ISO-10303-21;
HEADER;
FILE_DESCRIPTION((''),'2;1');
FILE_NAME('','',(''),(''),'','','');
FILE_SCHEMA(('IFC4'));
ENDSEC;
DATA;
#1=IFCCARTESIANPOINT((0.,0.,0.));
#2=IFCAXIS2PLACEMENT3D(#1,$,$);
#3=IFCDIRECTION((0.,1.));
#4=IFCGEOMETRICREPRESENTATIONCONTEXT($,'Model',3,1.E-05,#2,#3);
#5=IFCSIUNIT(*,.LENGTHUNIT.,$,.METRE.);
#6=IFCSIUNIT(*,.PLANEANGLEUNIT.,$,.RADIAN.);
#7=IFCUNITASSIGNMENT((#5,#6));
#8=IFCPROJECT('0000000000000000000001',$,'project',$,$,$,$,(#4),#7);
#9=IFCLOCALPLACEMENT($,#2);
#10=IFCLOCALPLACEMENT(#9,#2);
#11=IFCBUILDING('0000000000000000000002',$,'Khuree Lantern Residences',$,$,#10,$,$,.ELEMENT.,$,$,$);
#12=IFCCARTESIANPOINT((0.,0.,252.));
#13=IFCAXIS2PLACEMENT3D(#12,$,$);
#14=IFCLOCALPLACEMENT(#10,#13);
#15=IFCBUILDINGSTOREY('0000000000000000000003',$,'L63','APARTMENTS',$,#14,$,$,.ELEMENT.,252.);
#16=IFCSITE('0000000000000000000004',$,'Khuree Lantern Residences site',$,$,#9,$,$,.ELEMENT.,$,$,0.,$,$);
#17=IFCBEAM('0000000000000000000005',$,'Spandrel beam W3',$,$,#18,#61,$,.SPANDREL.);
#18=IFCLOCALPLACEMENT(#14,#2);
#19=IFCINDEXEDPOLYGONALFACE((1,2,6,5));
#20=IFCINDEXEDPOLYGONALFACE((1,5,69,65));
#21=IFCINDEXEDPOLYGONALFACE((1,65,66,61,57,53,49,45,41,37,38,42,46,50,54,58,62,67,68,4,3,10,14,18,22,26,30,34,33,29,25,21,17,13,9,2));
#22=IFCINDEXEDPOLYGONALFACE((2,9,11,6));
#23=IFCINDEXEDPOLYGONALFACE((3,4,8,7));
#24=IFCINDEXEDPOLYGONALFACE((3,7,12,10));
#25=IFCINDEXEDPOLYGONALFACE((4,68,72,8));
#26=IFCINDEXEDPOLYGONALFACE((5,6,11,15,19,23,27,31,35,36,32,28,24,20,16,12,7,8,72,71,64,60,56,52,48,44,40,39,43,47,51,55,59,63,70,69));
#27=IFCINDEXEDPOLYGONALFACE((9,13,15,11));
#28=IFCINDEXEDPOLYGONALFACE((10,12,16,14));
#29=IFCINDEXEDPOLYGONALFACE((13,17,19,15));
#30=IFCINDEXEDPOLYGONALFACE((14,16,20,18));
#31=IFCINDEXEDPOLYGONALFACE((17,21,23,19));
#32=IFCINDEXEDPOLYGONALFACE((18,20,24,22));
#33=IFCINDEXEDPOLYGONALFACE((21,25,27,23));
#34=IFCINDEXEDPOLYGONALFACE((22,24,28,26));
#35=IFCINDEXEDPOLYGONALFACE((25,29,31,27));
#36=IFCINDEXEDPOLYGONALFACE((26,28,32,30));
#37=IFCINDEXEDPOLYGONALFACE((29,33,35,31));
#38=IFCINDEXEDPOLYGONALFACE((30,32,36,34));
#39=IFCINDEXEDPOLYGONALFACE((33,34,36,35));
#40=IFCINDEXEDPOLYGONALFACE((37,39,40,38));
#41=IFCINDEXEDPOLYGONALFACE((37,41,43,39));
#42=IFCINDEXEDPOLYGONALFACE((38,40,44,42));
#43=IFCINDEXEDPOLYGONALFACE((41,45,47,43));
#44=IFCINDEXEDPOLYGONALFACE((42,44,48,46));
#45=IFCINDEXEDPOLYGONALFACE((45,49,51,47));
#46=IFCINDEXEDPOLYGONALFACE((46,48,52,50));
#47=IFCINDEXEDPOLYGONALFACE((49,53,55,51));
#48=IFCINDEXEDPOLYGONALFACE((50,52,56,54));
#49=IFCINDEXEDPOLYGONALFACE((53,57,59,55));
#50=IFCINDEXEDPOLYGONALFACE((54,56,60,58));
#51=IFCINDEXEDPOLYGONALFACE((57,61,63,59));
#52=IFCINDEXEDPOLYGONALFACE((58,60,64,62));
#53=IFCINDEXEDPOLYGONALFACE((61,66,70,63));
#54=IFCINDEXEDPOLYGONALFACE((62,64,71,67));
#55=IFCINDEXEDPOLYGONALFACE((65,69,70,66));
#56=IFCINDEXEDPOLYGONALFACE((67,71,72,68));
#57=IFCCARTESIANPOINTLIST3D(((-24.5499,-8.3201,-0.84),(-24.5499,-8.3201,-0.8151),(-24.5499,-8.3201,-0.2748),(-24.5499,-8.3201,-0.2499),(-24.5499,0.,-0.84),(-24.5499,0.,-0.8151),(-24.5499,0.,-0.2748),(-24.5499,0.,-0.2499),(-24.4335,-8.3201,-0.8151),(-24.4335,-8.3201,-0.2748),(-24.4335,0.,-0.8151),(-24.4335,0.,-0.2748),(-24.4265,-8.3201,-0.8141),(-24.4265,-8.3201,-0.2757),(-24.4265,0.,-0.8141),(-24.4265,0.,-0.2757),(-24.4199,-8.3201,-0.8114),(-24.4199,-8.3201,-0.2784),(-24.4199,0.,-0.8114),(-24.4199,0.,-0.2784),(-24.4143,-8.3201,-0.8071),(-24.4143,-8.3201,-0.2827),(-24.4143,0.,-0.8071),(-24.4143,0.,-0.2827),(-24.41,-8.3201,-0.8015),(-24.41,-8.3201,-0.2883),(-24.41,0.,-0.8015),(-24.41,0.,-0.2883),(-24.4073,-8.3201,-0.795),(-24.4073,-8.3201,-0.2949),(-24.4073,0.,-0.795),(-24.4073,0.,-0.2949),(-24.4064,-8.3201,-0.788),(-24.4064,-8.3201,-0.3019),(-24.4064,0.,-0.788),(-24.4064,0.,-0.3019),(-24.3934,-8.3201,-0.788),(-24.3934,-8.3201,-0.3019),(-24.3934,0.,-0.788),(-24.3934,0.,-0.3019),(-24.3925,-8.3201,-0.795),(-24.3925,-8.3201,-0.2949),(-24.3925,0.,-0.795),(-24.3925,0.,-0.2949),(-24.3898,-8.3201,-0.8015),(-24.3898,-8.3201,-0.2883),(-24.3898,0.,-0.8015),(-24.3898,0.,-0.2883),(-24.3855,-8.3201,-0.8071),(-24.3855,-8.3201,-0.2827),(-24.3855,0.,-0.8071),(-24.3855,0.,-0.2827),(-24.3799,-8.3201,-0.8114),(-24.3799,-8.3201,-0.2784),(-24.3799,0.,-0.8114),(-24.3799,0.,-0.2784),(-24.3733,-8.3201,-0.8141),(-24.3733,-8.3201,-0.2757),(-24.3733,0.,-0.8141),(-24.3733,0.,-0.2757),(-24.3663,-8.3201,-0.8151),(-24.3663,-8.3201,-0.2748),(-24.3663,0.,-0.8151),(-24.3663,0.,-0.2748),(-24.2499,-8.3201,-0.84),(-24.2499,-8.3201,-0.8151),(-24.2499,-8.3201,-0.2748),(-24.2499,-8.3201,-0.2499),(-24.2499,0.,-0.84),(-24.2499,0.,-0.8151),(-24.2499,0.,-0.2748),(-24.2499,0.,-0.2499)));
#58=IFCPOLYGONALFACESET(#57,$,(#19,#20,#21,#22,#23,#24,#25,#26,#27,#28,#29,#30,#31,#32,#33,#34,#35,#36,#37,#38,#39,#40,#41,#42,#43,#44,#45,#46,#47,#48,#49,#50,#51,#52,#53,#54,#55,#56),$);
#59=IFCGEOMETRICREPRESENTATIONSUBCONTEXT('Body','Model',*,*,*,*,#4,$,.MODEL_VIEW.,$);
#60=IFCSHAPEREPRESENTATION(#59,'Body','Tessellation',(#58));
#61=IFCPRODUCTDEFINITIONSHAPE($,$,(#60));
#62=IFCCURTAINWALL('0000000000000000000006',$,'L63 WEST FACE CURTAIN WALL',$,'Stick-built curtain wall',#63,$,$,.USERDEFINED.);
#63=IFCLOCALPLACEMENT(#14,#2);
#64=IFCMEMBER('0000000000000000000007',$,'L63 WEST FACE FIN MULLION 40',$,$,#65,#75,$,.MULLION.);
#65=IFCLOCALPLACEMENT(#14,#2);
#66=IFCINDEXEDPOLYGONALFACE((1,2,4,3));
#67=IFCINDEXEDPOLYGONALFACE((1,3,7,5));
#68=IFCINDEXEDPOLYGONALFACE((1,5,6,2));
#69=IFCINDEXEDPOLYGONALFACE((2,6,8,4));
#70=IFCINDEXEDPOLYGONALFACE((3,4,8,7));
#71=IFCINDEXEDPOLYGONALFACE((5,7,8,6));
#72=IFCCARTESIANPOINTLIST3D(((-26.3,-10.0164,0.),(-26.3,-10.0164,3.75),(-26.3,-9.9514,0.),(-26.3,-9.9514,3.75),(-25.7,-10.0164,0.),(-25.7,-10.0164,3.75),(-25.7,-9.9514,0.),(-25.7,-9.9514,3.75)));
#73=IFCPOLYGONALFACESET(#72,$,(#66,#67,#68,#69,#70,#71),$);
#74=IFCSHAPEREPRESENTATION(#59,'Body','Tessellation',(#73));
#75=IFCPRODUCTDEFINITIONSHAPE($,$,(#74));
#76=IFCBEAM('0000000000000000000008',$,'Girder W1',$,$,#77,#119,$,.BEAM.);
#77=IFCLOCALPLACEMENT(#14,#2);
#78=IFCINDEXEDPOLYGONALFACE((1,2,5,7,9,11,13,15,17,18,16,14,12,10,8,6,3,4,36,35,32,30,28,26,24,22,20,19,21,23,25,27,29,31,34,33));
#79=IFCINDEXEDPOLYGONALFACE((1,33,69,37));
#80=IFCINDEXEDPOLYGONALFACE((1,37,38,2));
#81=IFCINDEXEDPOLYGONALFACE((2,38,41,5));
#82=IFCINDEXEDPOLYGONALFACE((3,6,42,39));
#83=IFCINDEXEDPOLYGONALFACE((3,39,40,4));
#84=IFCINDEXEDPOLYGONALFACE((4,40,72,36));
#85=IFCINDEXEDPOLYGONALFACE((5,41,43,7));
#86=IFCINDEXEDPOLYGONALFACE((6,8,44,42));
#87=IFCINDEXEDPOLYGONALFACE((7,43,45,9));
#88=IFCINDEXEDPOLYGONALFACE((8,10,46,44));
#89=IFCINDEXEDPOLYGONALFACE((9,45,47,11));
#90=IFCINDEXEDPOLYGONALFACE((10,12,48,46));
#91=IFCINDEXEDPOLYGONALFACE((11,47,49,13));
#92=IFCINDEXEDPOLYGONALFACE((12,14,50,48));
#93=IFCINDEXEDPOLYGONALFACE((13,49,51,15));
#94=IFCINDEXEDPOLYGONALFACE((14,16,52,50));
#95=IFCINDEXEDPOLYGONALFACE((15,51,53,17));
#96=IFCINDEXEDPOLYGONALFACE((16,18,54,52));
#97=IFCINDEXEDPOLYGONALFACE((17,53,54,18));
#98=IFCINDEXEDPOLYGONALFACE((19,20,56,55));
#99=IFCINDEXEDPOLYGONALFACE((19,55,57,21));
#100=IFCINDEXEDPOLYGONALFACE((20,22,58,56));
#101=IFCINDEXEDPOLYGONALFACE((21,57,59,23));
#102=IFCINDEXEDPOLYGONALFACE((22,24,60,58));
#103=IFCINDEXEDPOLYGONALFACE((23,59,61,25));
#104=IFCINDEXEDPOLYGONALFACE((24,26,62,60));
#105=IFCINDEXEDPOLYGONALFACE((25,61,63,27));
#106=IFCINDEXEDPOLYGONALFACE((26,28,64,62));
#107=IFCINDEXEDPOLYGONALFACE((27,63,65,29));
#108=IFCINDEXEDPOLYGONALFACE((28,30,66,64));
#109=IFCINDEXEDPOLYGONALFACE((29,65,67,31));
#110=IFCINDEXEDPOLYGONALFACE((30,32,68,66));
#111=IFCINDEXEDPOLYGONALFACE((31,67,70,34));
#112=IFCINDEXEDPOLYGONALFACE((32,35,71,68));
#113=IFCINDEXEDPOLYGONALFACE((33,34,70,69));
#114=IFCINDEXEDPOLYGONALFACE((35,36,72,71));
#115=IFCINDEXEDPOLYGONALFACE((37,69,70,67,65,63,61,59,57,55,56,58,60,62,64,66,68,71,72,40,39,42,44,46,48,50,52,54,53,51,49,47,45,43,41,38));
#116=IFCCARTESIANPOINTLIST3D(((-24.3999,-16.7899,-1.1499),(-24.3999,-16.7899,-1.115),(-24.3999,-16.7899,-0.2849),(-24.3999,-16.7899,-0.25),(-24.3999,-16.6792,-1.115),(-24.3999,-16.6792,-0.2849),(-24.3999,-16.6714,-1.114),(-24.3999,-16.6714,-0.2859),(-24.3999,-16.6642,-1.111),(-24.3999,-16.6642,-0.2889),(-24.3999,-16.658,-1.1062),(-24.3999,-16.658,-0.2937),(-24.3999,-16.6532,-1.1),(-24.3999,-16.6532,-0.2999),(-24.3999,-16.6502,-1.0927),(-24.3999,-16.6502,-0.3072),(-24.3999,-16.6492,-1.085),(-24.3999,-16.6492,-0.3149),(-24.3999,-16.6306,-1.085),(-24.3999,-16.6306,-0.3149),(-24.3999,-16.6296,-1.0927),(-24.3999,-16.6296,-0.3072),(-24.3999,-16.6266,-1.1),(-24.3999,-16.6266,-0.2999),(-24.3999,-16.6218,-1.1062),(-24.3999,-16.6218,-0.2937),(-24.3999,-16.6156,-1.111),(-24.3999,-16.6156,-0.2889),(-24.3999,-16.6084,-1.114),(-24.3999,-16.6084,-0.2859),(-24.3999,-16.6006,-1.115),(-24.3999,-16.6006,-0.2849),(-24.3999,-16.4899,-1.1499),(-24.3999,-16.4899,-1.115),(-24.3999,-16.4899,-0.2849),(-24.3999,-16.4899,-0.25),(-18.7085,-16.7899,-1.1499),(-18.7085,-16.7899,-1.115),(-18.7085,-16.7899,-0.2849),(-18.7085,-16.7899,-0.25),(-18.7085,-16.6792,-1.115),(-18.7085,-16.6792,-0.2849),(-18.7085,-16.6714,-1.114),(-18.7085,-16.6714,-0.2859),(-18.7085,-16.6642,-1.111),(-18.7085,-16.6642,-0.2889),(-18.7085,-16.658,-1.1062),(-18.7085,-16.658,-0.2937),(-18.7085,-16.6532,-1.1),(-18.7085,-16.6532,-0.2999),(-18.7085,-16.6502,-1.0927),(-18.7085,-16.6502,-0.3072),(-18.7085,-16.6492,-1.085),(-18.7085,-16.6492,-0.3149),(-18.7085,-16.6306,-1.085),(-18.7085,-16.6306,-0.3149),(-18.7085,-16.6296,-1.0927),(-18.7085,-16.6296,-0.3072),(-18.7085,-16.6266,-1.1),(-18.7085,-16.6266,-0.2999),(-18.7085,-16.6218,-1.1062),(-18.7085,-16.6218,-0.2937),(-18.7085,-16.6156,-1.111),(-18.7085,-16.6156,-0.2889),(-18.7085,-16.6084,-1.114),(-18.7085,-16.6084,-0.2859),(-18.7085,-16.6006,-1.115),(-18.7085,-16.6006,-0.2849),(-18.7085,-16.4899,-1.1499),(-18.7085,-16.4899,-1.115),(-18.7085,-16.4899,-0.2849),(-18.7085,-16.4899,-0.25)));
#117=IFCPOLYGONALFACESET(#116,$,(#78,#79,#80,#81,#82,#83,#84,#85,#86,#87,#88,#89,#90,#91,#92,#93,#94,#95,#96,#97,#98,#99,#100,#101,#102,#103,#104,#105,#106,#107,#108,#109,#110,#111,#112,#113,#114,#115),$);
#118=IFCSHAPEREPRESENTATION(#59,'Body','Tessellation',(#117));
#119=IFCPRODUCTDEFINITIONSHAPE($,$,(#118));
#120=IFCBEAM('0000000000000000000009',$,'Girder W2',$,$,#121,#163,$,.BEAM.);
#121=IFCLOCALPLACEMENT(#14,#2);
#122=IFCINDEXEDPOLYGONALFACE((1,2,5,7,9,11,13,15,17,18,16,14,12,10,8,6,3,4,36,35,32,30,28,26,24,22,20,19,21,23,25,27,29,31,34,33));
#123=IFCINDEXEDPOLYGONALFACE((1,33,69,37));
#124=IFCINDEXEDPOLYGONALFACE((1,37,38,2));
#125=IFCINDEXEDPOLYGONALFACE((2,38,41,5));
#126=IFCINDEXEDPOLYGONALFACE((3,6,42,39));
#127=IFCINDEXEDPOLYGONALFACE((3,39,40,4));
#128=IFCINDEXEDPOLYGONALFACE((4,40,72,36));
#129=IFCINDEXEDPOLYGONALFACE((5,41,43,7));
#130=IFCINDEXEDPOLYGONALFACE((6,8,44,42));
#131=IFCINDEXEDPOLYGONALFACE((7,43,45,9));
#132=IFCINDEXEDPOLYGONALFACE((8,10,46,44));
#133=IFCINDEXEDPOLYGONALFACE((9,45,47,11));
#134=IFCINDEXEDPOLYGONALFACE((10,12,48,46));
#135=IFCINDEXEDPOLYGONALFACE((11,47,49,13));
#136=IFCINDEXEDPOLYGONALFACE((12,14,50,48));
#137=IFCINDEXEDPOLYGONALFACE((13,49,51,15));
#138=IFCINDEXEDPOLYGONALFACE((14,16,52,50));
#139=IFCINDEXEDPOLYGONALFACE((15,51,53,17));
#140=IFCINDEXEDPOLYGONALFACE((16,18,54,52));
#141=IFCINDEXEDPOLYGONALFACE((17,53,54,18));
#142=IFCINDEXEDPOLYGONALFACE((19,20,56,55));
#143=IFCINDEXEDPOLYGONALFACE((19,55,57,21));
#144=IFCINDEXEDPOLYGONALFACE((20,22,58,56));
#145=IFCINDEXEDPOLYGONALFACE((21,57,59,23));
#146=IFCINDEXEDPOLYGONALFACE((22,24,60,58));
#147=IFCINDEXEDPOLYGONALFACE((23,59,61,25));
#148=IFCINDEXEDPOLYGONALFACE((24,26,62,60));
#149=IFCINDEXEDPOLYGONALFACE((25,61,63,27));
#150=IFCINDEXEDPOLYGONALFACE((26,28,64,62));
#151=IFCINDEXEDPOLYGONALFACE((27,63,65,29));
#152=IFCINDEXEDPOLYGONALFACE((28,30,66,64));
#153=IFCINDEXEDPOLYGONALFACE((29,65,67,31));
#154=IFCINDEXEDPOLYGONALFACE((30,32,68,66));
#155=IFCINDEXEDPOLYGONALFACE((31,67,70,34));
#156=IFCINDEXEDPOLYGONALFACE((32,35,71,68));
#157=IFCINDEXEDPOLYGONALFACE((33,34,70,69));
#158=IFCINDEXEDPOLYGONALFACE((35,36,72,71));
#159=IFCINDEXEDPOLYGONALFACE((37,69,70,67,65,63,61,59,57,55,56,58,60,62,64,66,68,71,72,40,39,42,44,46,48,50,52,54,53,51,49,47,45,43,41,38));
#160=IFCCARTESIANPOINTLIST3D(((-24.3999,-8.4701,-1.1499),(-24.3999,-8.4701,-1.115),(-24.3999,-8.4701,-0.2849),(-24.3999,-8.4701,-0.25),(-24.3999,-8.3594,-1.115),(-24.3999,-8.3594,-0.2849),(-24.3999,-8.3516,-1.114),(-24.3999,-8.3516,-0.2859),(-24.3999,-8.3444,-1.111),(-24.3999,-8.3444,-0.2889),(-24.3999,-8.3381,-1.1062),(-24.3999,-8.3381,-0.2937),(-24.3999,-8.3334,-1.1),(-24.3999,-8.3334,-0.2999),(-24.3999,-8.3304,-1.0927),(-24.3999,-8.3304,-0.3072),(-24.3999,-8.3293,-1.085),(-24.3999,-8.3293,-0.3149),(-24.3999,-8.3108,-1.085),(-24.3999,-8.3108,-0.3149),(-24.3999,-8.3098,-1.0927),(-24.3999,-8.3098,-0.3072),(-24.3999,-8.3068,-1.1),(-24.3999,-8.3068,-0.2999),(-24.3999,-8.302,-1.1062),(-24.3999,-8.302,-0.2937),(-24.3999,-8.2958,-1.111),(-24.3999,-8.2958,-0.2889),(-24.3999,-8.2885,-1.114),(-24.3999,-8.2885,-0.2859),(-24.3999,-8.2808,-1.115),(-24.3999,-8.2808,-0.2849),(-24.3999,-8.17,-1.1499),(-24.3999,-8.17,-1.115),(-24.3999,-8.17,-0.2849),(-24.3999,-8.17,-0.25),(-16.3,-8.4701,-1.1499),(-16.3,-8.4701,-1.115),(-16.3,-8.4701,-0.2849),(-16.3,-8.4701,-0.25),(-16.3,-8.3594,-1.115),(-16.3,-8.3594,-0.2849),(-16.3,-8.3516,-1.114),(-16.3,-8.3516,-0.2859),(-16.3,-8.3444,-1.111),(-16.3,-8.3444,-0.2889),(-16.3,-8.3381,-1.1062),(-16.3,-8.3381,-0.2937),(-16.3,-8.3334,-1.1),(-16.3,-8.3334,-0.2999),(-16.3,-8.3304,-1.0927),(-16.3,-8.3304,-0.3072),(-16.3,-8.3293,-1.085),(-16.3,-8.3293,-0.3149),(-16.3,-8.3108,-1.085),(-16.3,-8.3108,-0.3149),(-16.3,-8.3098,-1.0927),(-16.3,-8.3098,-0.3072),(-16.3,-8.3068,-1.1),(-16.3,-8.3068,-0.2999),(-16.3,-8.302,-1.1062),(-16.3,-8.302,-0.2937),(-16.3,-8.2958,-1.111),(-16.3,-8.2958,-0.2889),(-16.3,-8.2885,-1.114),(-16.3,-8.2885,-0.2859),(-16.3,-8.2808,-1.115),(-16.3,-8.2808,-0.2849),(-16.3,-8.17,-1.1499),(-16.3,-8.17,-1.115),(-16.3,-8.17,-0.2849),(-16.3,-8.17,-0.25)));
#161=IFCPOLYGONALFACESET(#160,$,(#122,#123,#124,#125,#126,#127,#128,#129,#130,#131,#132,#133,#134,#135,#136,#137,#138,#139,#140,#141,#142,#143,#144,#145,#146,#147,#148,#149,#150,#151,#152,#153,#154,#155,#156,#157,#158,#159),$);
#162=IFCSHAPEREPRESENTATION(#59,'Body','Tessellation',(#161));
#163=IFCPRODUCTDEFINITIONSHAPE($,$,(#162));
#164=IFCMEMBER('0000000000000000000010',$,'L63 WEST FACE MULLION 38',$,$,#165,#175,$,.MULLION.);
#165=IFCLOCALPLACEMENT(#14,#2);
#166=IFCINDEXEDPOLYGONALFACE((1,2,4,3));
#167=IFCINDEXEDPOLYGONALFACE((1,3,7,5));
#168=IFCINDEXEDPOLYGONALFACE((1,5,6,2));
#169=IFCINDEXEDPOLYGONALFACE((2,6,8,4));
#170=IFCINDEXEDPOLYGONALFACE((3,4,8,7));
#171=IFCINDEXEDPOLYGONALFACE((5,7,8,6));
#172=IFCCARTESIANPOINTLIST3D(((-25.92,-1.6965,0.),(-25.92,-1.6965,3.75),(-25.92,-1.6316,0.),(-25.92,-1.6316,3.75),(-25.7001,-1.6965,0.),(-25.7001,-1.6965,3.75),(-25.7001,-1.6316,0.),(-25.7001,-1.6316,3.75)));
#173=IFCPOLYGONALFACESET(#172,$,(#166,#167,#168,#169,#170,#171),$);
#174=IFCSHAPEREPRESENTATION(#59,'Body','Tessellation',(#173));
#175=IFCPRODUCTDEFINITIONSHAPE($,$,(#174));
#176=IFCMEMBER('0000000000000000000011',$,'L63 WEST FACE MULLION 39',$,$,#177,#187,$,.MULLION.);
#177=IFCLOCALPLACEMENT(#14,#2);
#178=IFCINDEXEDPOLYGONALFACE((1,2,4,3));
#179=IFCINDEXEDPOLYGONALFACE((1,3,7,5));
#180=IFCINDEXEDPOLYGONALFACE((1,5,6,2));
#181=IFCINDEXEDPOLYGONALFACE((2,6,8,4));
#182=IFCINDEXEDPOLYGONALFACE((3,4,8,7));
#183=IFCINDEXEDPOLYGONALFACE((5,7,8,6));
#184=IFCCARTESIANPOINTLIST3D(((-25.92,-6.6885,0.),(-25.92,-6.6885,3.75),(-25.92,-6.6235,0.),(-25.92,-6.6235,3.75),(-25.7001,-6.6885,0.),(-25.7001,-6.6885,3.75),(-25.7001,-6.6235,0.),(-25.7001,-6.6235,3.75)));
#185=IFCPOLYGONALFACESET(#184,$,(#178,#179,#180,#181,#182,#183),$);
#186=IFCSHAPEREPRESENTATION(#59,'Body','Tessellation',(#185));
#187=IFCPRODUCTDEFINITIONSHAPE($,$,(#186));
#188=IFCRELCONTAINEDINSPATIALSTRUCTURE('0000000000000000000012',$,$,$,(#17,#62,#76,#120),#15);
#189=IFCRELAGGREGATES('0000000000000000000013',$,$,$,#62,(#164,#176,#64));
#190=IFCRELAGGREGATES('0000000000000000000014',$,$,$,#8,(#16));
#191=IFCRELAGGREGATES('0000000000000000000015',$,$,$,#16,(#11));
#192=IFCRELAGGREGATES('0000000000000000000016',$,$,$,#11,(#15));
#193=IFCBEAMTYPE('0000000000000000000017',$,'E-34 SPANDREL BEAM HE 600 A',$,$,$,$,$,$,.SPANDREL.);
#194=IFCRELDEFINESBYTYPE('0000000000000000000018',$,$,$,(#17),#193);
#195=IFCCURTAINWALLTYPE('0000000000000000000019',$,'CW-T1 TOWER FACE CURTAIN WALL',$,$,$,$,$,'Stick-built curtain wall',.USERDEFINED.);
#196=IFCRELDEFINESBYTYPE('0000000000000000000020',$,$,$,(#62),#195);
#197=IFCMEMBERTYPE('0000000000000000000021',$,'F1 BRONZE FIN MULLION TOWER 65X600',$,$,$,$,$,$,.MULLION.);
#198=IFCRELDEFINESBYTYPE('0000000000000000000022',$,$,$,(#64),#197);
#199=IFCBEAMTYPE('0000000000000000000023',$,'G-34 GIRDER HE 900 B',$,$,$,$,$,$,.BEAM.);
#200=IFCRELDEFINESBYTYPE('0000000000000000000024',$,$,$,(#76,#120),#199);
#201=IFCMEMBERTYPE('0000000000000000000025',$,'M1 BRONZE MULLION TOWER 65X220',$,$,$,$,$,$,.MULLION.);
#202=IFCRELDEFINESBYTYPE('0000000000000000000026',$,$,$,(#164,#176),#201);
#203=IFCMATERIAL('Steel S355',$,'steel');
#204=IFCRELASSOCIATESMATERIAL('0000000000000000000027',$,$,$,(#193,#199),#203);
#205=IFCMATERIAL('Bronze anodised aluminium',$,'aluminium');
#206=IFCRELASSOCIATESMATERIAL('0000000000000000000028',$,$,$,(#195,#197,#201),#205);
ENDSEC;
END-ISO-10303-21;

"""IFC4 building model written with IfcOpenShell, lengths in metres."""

from ifc_helpers import new_model, si_unit, direction, frame, origin, origin_2d, place, context, subcontext, project, spatial, rectangle, i_section, extrude, material, material_profile, profile_set, type_object, element, aggregate, save


model = new_model("IFC4")

# Units and contexts
model_context = context("Model", 3, precision=1e-05, world=origin(), true_north=direction((0.0, 1.0)))
body_context = subcontext(model_context, "Body", "Model", "MODEL_VIEW")
ifc_project = project(units=[si_unit("LENGTHUNIT", "METRE"), si_unit("PLANEANGLEUNIT", "RADIAN")], contexts=[model_context])

# Site, building, storey
site_placement = place(None, origin())
site = spatial("IfcSite", under=ifc_project, at=site_placement, Name="Khuree Lantern Residences site", CompositionType="ELEMENT", RefElevation=0.0)
building_placement = place(site_placement, origin())
building = spatial("IfcBuilding", under=site, at=building_placement, Name="Khuree Lantern Residences", CompositionType="ELEMENT")
storey_placement = place(building_placement, frame((0.0, 0.0, 252.0)))
storey = spatial("IfcBuildingStorey", under=building, at=storey_placement, Name="L63", Description="APARTMENTS", CompositionType="ELEMENT", Elevation=252.0)

# Beam
ifc_material_1 = material(Name="Steel S355", Category="steel")
ifc_material_profile_1 = material_profile(ifc_material_1, i_section(OverallWidth=0.3, OverallDepth=0.5901, WebThickness=0.0129, FlangeThickness=0.0249, FilletRadius=0.0271, at=origin_2d()), Name="HE 600 A")
ifc_profile_set_1 = profile_set([ifc_material_profile_1], Name="Steel S355")
beam_type_1 = type_object("IfcBeamType", Name="E-34 SPANDREL BEAM HE 600 A", PredefinedType="SPANDREL", material=ifc_profile_set_1)
beam_1_placement = place(storey_placement, frame((-24.3999, -8.3201, -0.5449), z_axis=(0.0, 1.0, 0.0), x_axis=(-1.0, 0.0, 0.0)))
element("IfcBeam", 1, at=beam_1_placement, inside=storey, type_object=beam_type_1, Name="Spandrel beam W3", PredefinedType="SPANDREL", context=body_context, shape_type="SweptSolid", body=[
    extrude(i_section(OverallWidth=0.3, OverallDepth=0.5901, WebThickness=0.0129, FlangeThickness=0.0249, FilletRadius=0.0271, at=origin_2d()), origin(), (0.0, 0.0, 1.0), 8.3201),
])

# Curtain wall, member
ifc_material_2 = material(Name="Bronze anodised aluminium", Category="aluminium")
curtain_wall_type = type_object("IfcCurtainWallType", Name="CW-T1 TOWER FACE CURTAIN WALL", ElementType="Stick-built curtain wall", PredefinedType="USERDEFINED", material=ifc_material_2)
curtain_wall_placement = place(storey_placement, origin())
curtain_wall = element("IfcCurtainWall", 2, at=curtain_wall_placement, inside=storey, type_object=curtain_wall_type, Name="L63 WEST FACE CURTAIN WALL", ObjectType="Stick-built curtain wall", PredefinedType="USERDEFINED")
ifc_material_profile_2 = material_profile(ifc_material_2, rectangle(XDim=0.0649, YDim=0.6001, at=origin_2d()), Name="F1 65X600")
ifc_profile_set_2 = profile_set([ifc_material_profile_2], Name="Bronze anodised aluminium")
member_type_1 = type_object("IfcMemberType", Name="F1 BRONZE FIN MULLION TOWER 65X600", PredefinedType="MULLION", material=ifc_profile_set_2)
member_1_placement = place(storey_placement, frame((-26.0, -9.9839, 0.0), z_axis=(0.0, 0.0, 1.0), x_axis=(0.0, -1.0, 0.0)))
member_1 = element("IfcMember", 3, at=member_1_placement, type_object=member_type_1, Name="L63 WEST FACE FIN MULLION 40", PredefinedType="MULLION", context=body_context, shape_type="SweptSolid", body=[
    extrude(rectangle(XDim=0.0649, YDim=0.6001, at=origin_2d()), origin(), (0.0, 0.0, 1.0), 3.75),
])

# Beams
ifc_material_profile_3 = material_profile(ifc_material_1, i_section(OverallWidth=0.3, OverallDepth=0.8999, WebThickness=0.0186, FlangeThickness=0.0349, FilletRadius=0.03, at=origin_2d()), Name="HE 900 B")
ifc_profile_set_3 = profile_set([ifc_material_profile_3], Name="Steel S355")
beam_type_2 = type_object("IfcBeamType", Name="G-34 GIRDER HE 900 B", PredefinedType="BEAM", material=ifc_profile_set_3)
beam_2_placement = place(storey_placement, frame((-24.3999, -16.6399, -0.7), z_axis=(1.0, 0.0, 0.0), x_axis=(0.0, 1.0, 0.0)))
element("IfcBeam", 4, at=beam_2_placement, inside=storey, type_object=beam_type_2, Name="Girder W1", PredefinedType="BEAM", context=body_context, shape_type="SweptSolid", body=[
    extrude(i_section(OverallWidth=0.3, OverallDepth=0.8999, WebThickness=0.0186, FlangeThickness=0.0349, FilletRadius=0.03, at=origin_2d()), origin(), (0.0, 0.0, 1.0), 5.6914),
])
beam_3_placement = place(storey_placement, frame((-24.3999, -8.3201, -0.7), z_axis=(1.0, 0.0, 0.0), x_axis=(0.0, 1.0, 0.0)))
element("IfcBeam", 5, at=beam_3_placement, inside=storey, type_object=beam_type_2, Name="Girder W2", PredefinedType="BEAM", context=body_context, shape_type="SweptSolid", body=[
    extrude(i_section(OverallWidth=0.3, OverallDepth=0.8999, WebThickness=0.0186, FlangeThickness=0.0349, FilletRadius=0.03, at=origin_2d()), origin(), (0.0, 0.0, 1.0), 8.0999),
])

# Members
ifc_material_profile_4 = material_profile(ifc_material_2, rectangle(XDim=0.0649, YDim=0.22, at=origin_2d()), Name="M1 65X220")
ifc_profile_set_4 = profile_set([ifc_material_profile_4], Name="Bronze anodised aluminium")
member_type_2 = type_object("IfcMemberType", Name="M1 BRONZE MULLION TOWER 65X220", PredefinedType="MULLION", material=ifc_profile_set_4)
member_2_placement = place(storey_placement, frame((-25.8101, -1.6641, 0.0), z_axis=(0.0, 0.0, 1.0), x_axis=(0.0, -1.0, 0.0)))
member_2 = element("IfcMember", 6, at=member_2_placement, type_object=member_type_2, Name="L63 WEST FACE MULLION 38", PredefinedType="MULLION", context=body_context, shape_type="SweptSolid", body=[
    extrude(rectangle(XDim=0.0649, YDim=0.22, at=origin_2d()), origin(), (0.0, 0.0, 1.0), 3.75),
])
member_3_placement = place(storey_placement, frame((-25.8101, -6.656, 0.0), z_axis=(0.0, 0.0, 1.0), x_axis=(0.0, -1.0, 0.0)))
member_3 = element("IfcMember", 7, at=member_3_placement, type_object=member_type_2, Name="L63 WEST FACE MULLION 39", PredefinedType="MULLION", context=body_context, shape_type="SweptSolid", body=[
    extrude(rectangle(XDim=0.0649, YDim=0.22, at=origin_2d()), origin(), (0.0, 0.0, 1.0), 3.75),
])

aggregate(curtain_wall, [member_2, member_3, member_1])

save(model, "model.ifc")
